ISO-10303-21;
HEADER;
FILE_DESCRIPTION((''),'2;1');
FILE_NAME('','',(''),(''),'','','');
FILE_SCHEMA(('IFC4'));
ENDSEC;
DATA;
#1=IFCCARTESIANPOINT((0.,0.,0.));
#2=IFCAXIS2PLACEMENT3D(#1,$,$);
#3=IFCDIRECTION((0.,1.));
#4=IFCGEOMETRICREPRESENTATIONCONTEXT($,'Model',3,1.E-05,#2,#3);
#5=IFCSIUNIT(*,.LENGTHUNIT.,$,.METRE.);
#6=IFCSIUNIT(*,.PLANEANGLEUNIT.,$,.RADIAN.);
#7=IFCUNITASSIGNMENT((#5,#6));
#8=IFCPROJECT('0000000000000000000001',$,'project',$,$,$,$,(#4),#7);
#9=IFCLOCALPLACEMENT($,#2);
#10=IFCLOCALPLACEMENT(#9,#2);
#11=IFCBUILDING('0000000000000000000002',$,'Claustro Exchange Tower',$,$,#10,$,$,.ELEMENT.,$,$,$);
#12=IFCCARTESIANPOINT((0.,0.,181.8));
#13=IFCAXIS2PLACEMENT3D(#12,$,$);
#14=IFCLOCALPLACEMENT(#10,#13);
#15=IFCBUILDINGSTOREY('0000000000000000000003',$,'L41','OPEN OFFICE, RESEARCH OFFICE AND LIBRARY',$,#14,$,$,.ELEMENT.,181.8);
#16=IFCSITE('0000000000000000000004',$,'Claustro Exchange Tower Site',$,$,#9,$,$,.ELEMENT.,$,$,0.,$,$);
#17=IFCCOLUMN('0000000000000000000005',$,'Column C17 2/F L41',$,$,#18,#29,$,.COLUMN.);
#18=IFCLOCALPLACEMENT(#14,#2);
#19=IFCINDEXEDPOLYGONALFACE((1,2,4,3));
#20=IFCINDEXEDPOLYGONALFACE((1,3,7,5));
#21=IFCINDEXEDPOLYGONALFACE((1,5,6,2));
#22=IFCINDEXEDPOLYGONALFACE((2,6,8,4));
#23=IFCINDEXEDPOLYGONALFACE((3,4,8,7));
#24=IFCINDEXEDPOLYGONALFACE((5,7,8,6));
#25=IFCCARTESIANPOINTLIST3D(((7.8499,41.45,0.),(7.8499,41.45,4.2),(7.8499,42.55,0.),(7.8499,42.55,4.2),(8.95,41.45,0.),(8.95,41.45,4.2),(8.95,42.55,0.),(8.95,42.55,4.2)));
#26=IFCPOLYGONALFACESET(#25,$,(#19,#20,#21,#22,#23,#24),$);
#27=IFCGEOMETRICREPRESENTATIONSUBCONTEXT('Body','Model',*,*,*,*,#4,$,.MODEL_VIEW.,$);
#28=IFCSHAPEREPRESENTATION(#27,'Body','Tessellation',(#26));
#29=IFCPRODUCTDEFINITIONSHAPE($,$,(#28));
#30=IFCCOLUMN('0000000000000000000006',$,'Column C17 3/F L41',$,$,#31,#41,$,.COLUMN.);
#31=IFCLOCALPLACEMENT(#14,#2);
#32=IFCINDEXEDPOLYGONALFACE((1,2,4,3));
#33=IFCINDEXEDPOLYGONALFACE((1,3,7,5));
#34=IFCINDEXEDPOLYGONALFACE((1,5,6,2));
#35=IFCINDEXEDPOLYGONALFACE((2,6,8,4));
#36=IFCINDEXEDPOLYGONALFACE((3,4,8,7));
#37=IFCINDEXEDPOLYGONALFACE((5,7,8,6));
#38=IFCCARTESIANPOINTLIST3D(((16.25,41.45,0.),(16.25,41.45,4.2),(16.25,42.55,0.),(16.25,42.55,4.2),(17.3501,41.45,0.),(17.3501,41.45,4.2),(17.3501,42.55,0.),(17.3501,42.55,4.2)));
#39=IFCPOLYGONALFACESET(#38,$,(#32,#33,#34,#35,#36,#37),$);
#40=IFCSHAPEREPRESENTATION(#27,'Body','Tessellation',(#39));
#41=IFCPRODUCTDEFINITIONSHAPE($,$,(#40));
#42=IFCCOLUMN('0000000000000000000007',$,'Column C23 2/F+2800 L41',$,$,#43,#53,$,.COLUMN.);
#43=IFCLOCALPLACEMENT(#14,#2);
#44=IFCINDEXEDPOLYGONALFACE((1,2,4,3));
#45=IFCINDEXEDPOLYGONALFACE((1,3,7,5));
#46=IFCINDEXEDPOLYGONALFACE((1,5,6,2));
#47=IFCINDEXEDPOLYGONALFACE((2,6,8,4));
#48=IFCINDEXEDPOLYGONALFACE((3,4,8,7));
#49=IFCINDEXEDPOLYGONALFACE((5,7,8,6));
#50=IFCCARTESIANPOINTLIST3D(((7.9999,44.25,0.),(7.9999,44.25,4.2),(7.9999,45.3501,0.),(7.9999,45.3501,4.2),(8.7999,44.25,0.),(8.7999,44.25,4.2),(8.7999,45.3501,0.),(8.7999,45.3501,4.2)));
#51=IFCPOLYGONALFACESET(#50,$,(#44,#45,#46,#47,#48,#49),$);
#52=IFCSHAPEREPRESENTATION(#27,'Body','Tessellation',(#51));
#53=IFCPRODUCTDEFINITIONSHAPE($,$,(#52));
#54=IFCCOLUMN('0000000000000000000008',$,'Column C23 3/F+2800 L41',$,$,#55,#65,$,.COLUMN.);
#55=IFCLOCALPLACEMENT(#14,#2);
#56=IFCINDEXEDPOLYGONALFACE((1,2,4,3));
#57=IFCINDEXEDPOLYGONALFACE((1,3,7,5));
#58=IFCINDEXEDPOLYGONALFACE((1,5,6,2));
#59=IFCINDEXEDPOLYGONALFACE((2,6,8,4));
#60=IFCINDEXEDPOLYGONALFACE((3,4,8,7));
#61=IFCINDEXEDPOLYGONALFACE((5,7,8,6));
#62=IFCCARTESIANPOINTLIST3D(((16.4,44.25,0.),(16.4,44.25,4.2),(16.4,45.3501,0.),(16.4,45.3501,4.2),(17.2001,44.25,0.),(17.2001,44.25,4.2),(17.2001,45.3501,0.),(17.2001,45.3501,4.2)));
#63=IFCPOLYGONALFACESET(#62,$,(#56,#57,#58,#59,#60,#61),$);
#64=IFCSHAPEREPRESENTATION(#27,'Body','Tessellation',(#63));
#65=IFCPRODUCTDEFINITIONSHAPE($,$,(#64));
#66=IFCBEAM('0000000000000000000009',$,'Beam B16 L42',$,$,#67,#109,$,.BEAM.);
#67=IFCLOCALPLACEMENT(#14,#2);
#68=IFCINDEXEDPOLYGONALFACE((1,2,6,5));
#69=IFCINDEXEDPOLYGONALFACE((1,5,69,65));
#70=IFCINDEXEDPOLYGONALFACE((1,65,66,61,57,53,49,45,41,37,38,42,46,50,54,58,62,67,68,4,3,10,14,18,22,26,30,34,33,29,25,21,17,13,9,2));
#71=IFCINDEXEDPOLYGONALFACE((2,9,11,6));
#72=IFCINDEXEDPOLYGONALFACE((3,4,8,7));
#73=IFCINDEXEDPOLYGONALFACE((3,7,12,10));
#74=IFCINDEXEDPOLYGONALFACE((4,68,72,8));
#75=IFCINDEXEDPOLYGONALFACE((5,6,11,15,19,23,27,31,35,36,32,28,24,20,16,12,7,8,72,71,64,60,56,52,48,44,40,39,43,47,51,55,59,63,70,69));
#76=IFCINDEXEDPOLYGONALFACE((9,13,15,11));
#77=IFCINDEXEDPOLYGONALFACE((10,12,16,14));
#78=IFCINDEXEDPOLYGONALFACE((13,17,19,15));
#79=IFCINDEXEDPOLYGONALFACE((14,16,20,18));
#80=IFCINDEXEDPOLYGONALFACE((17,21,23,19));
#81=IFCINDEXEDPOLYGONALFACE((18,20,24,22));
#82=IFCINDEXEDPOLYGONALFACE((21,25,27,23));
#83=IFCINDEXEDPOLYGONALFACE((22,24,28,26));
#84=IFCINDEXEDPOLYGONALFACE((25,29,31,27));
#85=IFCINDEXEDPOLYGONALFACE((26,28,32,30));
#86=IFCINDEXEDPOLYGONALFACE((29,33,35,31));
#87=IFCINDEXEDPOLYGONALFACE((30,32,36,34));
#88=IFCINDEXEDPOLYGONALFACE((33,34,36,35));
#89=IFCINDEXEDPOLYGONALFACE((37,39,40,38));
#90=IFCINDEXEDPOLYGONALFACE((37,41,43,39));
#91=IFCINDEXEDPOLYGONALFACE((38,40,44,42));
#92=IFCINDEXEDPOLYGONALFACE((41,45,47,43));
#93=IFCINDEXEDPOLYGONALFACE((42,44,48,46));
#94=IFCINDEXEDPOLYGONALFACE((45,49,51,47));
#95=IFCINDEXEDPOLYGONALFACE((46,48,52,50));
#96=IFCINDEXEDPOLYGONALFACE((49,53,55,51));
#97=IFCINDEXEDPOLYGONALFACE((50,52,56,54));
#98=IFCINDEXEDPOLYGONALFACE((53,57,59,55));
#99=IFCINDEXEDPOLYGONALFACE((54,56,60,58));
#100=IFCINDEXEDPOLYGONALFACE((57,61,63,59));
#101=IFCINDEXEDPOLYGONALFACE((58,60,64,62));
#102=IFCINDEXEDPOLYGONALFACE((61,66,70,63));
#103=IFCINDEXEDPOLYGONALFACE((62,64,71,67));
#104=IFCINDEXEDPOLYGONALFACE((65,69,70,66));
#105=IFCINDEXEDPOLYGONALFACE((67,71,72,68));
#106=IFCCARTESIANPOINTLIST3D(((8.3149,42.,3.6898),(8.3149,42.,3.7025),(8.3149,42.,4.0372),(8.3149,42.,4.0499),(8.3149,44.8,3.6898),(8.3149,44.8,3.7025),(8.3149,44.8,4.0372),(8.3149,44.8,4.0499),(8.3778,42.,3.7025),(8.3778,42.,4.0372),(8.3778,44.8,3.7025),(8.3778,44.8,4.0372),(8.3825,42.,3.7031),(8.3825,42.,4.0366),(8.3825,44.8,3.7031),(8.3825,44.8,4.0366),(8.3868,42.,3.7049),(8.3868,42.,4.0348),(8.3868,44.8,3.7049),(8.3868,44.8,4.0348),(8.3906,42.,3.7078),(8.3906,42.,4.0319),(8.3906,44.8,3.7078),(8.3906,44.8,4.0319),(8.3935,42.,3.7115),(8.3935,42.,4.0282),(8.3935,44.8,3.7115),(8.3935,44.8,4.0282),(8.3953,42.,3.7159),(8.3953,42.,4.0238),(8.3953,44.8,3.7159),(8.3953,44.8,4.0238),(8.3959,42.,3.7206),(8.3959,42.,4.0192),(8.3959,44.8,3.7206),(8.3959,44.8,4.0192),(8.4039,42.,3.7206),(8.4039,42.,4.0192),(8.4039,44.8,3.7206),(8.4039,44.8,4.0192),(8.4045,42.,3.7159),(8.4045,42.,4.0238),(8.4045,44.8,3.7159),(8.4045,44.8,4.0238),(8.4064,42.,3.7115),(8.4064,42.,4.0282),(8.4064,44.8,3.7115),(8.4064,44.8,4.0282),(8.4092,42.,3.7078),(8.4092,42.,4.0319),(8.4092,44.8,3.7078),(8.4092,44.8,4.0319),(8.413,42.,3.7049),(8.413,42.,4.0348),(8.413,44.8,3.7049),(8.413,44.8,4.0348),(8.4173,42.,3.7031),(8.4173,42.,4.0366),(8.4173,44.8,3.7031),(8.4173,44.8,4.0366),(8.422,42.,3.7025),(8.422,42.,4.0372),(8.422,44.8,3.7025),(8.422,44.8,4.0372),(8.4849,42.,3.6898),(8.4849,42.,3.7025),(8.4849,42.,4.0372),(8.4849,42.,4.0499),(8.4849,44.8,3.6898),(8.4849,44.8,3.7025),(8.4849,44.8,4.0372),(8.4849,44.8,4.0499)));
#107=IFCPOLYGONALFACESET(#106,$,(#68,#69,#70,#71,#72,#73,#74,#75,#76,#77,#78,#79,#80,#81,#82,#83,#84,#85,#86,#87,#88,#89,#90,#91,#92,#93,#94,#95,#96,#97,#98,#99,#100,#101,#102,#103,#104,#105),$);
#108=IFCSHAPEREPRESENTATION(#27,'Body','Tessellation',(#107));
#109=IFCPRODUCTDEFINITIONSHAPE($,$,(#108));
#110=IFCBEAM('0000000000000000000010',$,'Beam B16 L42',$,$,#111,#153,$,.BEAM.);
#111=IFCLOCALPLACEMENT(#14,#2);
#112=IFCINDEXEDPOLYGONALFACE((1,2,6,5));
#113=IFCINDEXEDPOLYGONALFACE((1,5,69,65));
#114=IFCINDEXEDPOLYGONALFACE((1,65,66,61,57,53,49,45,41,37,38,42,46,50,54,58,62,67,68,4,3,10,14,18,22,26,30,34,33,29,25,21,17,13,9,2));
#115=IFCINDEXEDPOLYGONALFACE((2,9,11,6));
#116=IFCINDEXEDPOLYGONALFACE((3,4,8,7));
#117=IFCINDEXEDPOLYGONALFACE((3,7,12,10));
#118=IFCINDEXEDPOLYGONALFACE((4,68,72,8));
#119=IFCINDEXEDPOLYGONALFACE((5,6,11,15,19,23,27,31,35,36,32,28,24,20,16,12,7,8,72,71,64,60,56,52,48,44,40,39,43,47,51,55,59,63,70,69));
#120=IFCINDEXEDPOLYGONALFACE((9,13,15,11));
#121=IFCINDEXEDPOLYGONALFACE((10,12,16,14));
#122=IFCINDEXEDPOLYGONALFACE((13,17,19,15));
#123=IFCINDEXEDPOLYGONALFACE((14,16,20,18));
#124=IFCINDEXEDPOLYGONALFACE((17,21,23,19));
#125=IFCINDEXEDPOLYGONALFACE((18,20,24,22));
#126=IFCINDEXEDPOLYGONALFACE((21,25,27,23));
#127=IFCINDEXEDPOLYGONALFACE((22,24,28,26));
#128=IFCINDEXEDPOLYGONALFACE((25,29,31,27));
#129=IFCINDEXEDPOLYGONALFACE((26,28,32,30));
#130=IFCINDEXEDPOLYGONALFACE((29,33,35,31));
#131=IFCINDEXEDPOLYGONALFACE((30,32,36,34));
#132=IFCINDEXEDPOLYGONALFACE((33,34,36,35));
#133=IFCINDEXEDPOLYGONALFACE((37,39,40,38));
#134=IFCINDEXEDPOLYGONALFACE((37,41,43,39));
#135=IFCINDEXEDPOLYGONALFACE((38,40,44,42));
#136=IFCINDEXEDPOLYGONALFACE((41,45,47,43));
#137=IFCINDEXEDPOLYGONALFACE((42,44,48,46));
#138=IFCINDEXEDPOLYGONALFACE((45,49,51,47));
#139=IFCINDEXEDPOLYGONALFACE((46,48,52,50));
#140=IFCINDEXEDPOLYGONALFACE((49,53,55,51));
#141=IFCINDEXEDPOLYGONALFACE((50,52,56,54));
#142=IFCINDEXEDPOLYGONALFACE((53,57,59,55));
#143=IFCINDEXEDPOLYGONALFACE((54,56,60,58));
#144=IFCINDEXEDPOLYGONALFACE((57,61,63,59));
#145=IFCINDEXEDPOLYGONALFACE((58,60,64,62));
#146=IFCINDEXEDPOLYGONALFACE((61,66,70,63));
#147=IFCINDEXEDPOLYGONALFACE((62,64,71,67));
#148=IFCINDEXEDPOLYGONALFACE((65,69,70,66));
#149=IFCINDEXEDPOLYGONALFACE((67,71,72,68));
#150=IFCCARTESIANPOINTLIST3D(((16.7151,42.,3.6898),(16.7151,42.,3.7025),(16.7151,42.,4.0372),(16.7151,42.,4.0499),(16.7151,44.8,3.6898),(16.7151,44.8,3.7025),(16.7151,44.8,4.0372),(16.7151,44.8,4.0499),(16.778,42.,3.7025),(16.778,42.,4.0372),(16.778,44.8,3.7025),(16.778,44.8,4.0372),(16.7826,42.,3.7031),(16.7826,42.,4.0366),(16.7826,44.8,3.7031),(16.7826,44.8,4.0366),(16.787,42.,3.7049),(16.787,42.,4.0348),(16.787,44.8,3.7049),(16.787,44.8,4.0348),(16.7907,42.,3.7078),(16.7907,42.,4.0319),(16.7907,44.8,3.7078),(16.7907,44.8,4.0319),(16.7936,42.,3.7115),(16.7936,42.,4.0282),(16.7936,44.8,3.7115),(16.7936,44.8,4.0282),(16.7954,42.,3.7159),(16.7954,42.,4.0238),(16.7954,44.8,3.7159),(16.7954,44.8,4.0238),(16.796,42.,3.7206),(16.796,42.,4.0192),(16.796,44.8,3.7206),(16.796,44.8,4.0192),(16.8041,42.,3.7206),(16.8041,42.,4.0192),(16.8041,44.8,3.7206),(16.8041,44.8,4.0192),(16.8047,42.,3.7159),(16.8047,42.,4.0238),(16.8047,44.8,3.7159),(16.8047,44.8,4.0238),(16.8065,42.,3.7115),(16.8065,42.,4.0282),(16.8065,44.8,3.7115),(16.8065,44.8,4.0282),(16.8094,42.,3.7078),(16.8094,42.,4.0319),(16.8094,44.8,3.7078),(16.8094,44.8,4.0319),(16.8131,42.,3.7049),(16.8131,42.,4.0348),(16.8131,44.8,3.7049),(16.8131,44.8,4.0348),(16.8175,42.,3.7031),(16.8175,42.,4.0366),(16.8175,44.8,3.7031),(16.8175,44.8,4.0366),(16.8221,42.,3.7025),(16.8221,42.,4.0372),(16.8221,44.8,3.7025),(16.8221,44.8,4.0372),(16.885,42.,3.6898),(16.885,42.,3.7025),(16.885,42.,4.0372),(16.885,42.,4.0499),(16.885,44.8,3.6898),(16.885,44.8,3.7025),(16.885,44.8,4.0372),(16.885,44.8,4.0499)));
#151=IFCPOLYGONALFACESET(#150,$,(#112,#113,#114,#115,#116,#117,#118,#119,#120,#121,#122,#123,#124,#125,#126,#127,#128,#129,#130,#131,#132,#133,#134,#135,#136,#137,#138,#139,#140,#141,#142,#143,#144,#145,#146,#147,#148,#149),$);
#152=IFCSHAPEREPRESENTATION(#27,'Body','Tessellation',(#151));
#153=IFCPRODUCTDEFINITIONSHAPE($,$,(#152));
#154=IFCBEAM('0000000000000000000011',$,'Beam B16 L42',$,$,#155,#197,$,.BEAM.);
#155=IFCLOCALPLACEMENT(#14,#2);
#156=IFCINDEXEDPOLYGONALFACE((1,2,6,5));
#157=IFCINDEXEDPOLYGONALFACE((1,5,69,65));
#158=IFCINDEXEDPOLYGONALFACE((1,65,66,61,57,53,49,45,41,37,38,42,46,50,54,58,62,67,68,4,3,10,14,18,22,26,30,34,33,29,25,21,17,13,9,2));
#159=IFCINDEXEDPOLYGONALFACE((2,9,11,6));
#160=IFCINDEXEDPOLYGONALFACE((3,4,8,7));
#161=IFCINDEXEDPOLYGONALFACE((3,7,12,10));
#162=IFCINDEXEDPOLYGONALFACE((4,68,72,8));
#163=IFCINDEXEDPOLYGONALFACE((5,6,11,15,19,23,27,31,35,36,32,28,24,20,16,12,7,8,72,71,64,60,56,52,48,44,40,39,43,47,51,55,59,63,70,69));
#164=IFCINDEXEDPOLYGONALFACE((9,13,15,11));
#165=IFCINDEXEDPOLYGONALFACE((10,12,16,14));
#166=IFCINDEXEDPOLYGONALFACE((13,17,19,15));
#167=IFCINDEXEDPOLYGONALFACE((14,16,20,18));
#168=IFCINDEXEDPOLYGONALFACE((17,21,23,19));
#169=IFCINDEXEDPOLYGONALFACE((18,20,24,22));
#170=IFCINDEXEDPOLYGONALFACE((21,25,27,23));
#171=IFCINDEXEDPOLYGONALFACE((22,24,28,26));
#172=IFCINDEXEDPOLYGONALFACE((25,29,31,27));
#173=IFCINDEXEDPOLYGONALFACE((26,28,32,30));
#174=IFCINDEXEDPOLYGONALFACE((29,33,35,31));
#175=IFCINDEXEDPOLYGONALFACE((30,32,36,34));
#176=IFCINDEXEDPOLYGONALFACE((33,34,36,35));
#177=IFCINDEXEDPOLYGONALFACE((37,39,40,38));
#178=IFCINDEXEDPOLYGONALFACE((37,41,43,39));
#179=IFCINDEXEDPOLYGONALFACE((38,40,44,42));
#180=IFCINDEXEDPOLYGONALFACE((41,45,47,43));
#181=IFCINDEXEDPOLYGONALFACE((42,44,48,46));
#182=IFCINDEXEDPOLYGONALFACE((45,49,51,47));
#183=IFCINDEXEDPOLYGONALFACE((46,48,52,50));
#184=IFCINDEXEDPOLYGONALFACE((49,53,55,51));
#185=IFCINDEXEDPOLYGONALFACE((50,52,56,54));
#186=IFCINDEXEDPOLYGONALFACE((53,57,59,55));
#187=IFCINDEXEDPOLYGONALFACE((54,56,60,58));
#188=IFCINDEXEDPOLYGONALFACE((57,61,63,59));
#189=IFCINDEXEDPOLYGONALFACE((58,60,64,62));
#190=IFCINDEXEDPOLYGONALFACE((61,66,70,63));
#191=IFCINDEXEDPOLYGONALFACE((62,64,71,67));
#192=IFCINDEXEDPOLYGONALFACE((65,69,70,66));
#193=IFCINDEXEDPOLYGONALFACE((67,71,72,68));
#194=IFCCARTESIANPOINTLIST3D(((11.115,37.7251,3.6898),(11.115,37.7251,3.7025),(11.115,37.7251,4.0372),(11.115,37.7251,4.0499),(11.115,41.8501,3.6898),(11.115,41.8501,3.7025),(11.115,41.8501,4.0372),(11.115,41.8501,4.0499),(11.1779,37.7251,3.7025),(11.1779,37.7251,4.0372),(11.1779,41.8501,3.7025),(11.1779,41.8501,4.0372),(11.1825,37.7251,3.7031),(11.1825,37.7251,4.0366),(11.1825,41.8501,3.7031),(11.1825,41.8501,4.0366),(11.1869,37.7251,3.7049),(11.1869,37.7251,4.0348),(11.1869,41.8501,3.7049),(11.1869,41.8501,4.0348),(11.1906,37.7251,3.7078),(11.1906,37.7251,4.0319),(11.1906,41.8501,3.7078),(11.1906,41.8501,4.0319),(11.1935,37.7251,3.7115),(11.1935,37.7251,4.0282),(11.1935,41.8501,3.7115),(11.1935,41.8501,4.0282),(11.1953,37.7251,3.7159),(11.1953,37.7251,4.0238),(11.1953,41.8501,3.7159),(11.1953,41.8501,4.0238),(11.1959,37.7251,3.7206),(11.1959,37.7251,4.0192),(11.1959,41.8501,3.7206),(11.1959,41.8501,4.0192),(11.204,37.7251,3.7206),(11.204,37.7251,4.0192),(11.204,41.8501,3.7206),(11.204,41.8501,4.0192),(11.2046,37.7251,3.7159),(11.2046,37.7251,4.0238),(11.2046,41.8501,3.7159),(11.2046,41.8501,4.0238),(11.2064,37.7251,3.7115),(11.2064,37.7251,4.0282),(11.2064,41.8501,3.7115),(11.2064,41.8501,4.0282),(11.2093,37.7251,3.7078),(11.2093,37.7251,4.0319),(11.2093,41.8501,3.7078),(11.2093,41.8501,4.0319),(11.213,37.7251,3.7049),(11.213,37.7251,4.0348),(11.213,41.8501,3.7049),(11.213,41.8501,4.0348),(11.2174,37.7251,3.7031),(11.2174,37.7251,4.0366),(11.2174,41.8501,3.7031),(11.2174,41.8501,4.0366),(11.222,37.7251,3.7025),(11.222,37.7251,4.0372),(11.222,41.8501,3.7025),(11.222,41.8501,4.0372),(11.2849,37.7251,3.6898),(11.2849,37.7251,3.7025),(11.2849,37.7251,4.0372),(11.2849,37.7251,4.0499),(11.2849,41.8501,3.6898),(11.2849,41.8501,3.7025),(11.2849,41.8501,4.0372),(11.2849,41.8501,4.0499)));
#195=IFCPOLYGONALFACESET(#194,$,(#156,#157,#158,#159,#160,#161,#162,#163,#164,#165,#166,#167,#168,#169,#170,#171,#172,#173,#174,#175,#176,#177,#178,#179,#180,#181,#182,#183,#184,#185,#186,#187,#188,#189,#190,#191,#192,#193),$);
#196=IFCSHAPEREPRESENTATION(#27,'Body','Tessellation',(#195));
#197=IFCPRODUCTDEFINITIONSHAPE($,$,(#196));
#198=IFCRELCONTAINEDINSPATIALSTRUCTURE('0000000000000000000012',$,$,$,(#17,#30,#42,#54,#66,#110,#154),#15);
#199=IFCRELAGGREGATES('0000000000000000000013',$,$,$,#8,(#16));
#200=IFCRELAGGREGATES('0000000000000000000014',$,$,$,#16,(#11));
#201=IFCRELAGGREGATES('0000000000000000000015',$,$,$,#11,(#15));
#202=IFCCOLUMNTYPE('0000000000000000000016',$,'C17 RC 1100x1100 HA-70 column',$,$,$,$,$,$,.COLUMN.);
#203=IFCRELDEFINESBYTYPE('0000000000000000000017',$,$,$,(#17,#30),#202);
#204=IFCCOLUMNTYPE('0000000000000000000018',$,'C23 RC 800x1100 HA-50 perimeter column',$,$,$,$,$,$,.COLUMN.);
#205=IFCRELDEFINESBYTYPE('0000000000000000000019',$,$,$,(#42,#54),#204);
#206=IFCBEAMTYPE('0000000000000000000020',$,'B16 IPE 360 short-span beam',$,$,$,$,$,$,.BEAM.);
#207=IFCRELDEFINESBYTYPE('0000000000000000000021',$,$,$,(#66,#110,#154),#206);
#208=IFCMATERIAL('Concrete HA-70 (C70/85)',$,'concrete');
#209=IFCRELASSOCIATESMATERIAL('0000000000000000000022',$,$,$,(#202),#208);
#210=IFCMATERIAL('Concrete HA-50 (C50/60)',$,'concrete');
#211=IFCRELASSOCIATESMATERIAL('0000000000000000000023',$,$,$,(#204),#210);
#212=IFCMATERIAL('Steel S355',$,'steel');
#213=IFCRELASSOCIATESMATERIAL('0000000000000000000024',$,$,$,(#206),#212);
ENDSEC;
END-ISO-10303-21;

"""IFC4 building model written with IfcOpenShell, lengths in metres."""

from ifc_helpers import new_model, si_unit, direction, frame, origin, origin_2d, place, context, subcontext, project, spatial, rectangle, i_section, extrude, material, material_profile, profile_set, type_object, element, save


model = new_model("IFC4")

# Units and contexts
model_context = context("Model", 3, precision=1e-05, world=origin(), true_north=direction((0.0, 1.0)))
body_context = subcontext(model_context, "Body", "Model", "MODEL_VIEW")
ifc_project = project(units=[si_unit("LENGTHUNIT", "METRE"), si_unit("PLANEANGLEUNIT", "RADIAN")], contexts=[model_context])

# Site, building, storey
site_placement = place(None, origin())
site = spatial("IfcSite", under=ifc_project, at=site_placement, Name="Claustro Exchange Tower Site", CompositionType="ELEMENT", RefElevation=0.0)
building_placement = place(site_placement, origin())
building = spatial("IfcBuilding", under=site, at=building_placement, Name="Claustro Exchange Tower", CompositionType="ELEMENT")
storey_placement = place(building_placement, frame((0.0, 0.0, 181.8)))
storey = spatial("IfcBuildingStorey", under=building, at=storey_placement, Name="L41", Description="OPEN OFFICE, RESEARCH OFFICE AND LIBRARY", CompositionType="ELEMENT", Elevation=181.8)

# Columns
ifc_material_1 = material(Name="Concrete HA-70 (C70/85)", Category="concrete")
ifc_material_profile_1 = material_profile(ifc_material_1, rectangle(XDim=1.1001, YDim=1.1001, at=origin_2d()), Name="RC 1100x1100")
ifc_profile_set_1 = profile_set([ifc_material_profile_1], Name="Concrete HA-70 (C70/85)")
column_type_1 = type_object("IfcColumnType", Name="C17 RC 1100x1100 HA-70 column", PredefinedType="COLUMN", material=ifc_profile_set_1)
for number, where, z_axis, x_axis, name in (
    (1, (8.3999, 42.0, 0.0), (0.0, 0.0, 1.0), (1.0, 0.0, 0.0), "Column C17 2/F L41"),
    (2, (16.8, 42.0, 0.0), (0.0, 0.0, 1.0), (1.0, 0.0, 0.0), "Column C17 3/F L41"),
):
    element("IfcColumn", number, at=place(storey_placement, frame(where, z_axis=z_axis, x_axis=x_axis)), inside=storey, type_object=column_type_1, Name=name, PredefinedType="COLUMN", context=body_context, shape_type="SweptSolid", body=[
        extrude(rectangle(XDim=1.1001, YDim=1.1001, at=origin_2d()), origin(), (0.0, 0.0, 1.0), 4.2),
    ])
ifc_material_2 = material(Name="Concrete HA-50 (C50/60)", Category="concrete")
ifc_material_profile_2 = material_profile(ifc_material_2, rectangle(XDim=0.8, YDim=1.1001, at=origin_2d()), Name="RC 800x1100")
ifc_profile_set_2 = profile_set([ifc_material_profile_2], Name="Concrete HA-50 (C50/60)")
column_type_2 = type_object("IfcColumnType", Name="C23 RC 800x1100 HA-50 perimeter column", PredefinedType="COLUMN", material=ifc_profile_set_2)
for number, where, z_axis, x_axis, name in (
    (3, (8.3999, 44.8, 0.0), (0.0, 0.0, 1.0), (1.0, 0.0, 0.0), "Column C23 2/F+2800 L41"),
    (4, (16.8, 44.8, 0.0), (0.0, 0.0, 1.0), (1.0, 0.0, 0.0), "Column C23 3/F+2800 L41"),
):
    element("IfcColumn", number, at=place(storey_placement, frame(where, z_axis=z_axis, x_axis=x_axis)), inside=storey, type_object=column_type_2, Name=name, PredefinedType="COLUMN", context=body_context, shape_type="SweptSolid", body=[
        extrude(rectangle(XDim=0.8, YDim=1.1001, at=origin_2d()), origin(), (0.0, 0.0, 1.0), 4.2),
    ])

# Beams
ifc_material_3 = material(Name="Steel S355", Category="steel")
ifc_material_profile_3 = material_profile(ifc_material_3, i_section(OverallWidth=0.1699, OverallDepth=0.3601, WebThickness=0.0081, FlangeThickness=0.0127, FilletRadius=0.0181, at=origin_2d()), Name="IPE 360")
ifc_profile_set_3 = profile_set([ifc_material_profile_3], Name="Steel S355")
beam_type_1 = type_object("IfcBeamType", Name="B16 IPE 360 short-span beam", PredefinedType="BEAM", material=ifc_profile_set_3)
for number, where, z_axis, x_axis, name in (
    (5, (8.3999, 42.0, 3.8699), (0.0, 1.0, 0.0), (-1.0, 0.0, 0.0), "Beam B16 L42"),
    (6, (16.8, 42.0, 3.8699), (0.0, 1.0, 0.0), (-1.0, 0.0, 0.0), "Beam B16 L42"),
):
    element("IfcBeam", number, at=place(storey_placement, frame(where, z_axis=z_axis, x_axis=x_axis)), inside=storey, type_object=beam_type_1, Name=name, PredefinedType="BEAM", context=body_context, shape_type="SweptSolid", body=[
        extrude(i_section(OverallWidth=0.1699, OverallDepth=0.3601, WebThickness=0.0081, FlangeThickness=0.0127, FilletRadius=0.0181, at=origin_2d()), origin(), (0.0, 0.0, 1.0), 2.8),
    ])
for number, where, z_axis, x_axis, name in (
    (7, (11.2, 37.7251, 3.8699), (0.0, 1.0, 0.0), (-1.0, 0.0, 0.0), "Beam B16 L42"),
):
    element("IfcBeam", number, at=place(storey_placement, frame(where, z_axis=z_axis, x_axis=x_axis)), inside=storey, type_object=beam_type_1, Name=name, PredefinedType="BEAM", context=body_context, shape_type="SweptSolid", body=[
        extrude(i_section(OverallWidth=0.1699, OverallDepth=0.3601, WebThickness=0.0081, FlangeThickness=0.0127, FilletRadius=0.0181, at=origin_2d()), origin(), (0.0, 0.0, 1.0), 4.125),
    ])

save(model, "model.ifc")
